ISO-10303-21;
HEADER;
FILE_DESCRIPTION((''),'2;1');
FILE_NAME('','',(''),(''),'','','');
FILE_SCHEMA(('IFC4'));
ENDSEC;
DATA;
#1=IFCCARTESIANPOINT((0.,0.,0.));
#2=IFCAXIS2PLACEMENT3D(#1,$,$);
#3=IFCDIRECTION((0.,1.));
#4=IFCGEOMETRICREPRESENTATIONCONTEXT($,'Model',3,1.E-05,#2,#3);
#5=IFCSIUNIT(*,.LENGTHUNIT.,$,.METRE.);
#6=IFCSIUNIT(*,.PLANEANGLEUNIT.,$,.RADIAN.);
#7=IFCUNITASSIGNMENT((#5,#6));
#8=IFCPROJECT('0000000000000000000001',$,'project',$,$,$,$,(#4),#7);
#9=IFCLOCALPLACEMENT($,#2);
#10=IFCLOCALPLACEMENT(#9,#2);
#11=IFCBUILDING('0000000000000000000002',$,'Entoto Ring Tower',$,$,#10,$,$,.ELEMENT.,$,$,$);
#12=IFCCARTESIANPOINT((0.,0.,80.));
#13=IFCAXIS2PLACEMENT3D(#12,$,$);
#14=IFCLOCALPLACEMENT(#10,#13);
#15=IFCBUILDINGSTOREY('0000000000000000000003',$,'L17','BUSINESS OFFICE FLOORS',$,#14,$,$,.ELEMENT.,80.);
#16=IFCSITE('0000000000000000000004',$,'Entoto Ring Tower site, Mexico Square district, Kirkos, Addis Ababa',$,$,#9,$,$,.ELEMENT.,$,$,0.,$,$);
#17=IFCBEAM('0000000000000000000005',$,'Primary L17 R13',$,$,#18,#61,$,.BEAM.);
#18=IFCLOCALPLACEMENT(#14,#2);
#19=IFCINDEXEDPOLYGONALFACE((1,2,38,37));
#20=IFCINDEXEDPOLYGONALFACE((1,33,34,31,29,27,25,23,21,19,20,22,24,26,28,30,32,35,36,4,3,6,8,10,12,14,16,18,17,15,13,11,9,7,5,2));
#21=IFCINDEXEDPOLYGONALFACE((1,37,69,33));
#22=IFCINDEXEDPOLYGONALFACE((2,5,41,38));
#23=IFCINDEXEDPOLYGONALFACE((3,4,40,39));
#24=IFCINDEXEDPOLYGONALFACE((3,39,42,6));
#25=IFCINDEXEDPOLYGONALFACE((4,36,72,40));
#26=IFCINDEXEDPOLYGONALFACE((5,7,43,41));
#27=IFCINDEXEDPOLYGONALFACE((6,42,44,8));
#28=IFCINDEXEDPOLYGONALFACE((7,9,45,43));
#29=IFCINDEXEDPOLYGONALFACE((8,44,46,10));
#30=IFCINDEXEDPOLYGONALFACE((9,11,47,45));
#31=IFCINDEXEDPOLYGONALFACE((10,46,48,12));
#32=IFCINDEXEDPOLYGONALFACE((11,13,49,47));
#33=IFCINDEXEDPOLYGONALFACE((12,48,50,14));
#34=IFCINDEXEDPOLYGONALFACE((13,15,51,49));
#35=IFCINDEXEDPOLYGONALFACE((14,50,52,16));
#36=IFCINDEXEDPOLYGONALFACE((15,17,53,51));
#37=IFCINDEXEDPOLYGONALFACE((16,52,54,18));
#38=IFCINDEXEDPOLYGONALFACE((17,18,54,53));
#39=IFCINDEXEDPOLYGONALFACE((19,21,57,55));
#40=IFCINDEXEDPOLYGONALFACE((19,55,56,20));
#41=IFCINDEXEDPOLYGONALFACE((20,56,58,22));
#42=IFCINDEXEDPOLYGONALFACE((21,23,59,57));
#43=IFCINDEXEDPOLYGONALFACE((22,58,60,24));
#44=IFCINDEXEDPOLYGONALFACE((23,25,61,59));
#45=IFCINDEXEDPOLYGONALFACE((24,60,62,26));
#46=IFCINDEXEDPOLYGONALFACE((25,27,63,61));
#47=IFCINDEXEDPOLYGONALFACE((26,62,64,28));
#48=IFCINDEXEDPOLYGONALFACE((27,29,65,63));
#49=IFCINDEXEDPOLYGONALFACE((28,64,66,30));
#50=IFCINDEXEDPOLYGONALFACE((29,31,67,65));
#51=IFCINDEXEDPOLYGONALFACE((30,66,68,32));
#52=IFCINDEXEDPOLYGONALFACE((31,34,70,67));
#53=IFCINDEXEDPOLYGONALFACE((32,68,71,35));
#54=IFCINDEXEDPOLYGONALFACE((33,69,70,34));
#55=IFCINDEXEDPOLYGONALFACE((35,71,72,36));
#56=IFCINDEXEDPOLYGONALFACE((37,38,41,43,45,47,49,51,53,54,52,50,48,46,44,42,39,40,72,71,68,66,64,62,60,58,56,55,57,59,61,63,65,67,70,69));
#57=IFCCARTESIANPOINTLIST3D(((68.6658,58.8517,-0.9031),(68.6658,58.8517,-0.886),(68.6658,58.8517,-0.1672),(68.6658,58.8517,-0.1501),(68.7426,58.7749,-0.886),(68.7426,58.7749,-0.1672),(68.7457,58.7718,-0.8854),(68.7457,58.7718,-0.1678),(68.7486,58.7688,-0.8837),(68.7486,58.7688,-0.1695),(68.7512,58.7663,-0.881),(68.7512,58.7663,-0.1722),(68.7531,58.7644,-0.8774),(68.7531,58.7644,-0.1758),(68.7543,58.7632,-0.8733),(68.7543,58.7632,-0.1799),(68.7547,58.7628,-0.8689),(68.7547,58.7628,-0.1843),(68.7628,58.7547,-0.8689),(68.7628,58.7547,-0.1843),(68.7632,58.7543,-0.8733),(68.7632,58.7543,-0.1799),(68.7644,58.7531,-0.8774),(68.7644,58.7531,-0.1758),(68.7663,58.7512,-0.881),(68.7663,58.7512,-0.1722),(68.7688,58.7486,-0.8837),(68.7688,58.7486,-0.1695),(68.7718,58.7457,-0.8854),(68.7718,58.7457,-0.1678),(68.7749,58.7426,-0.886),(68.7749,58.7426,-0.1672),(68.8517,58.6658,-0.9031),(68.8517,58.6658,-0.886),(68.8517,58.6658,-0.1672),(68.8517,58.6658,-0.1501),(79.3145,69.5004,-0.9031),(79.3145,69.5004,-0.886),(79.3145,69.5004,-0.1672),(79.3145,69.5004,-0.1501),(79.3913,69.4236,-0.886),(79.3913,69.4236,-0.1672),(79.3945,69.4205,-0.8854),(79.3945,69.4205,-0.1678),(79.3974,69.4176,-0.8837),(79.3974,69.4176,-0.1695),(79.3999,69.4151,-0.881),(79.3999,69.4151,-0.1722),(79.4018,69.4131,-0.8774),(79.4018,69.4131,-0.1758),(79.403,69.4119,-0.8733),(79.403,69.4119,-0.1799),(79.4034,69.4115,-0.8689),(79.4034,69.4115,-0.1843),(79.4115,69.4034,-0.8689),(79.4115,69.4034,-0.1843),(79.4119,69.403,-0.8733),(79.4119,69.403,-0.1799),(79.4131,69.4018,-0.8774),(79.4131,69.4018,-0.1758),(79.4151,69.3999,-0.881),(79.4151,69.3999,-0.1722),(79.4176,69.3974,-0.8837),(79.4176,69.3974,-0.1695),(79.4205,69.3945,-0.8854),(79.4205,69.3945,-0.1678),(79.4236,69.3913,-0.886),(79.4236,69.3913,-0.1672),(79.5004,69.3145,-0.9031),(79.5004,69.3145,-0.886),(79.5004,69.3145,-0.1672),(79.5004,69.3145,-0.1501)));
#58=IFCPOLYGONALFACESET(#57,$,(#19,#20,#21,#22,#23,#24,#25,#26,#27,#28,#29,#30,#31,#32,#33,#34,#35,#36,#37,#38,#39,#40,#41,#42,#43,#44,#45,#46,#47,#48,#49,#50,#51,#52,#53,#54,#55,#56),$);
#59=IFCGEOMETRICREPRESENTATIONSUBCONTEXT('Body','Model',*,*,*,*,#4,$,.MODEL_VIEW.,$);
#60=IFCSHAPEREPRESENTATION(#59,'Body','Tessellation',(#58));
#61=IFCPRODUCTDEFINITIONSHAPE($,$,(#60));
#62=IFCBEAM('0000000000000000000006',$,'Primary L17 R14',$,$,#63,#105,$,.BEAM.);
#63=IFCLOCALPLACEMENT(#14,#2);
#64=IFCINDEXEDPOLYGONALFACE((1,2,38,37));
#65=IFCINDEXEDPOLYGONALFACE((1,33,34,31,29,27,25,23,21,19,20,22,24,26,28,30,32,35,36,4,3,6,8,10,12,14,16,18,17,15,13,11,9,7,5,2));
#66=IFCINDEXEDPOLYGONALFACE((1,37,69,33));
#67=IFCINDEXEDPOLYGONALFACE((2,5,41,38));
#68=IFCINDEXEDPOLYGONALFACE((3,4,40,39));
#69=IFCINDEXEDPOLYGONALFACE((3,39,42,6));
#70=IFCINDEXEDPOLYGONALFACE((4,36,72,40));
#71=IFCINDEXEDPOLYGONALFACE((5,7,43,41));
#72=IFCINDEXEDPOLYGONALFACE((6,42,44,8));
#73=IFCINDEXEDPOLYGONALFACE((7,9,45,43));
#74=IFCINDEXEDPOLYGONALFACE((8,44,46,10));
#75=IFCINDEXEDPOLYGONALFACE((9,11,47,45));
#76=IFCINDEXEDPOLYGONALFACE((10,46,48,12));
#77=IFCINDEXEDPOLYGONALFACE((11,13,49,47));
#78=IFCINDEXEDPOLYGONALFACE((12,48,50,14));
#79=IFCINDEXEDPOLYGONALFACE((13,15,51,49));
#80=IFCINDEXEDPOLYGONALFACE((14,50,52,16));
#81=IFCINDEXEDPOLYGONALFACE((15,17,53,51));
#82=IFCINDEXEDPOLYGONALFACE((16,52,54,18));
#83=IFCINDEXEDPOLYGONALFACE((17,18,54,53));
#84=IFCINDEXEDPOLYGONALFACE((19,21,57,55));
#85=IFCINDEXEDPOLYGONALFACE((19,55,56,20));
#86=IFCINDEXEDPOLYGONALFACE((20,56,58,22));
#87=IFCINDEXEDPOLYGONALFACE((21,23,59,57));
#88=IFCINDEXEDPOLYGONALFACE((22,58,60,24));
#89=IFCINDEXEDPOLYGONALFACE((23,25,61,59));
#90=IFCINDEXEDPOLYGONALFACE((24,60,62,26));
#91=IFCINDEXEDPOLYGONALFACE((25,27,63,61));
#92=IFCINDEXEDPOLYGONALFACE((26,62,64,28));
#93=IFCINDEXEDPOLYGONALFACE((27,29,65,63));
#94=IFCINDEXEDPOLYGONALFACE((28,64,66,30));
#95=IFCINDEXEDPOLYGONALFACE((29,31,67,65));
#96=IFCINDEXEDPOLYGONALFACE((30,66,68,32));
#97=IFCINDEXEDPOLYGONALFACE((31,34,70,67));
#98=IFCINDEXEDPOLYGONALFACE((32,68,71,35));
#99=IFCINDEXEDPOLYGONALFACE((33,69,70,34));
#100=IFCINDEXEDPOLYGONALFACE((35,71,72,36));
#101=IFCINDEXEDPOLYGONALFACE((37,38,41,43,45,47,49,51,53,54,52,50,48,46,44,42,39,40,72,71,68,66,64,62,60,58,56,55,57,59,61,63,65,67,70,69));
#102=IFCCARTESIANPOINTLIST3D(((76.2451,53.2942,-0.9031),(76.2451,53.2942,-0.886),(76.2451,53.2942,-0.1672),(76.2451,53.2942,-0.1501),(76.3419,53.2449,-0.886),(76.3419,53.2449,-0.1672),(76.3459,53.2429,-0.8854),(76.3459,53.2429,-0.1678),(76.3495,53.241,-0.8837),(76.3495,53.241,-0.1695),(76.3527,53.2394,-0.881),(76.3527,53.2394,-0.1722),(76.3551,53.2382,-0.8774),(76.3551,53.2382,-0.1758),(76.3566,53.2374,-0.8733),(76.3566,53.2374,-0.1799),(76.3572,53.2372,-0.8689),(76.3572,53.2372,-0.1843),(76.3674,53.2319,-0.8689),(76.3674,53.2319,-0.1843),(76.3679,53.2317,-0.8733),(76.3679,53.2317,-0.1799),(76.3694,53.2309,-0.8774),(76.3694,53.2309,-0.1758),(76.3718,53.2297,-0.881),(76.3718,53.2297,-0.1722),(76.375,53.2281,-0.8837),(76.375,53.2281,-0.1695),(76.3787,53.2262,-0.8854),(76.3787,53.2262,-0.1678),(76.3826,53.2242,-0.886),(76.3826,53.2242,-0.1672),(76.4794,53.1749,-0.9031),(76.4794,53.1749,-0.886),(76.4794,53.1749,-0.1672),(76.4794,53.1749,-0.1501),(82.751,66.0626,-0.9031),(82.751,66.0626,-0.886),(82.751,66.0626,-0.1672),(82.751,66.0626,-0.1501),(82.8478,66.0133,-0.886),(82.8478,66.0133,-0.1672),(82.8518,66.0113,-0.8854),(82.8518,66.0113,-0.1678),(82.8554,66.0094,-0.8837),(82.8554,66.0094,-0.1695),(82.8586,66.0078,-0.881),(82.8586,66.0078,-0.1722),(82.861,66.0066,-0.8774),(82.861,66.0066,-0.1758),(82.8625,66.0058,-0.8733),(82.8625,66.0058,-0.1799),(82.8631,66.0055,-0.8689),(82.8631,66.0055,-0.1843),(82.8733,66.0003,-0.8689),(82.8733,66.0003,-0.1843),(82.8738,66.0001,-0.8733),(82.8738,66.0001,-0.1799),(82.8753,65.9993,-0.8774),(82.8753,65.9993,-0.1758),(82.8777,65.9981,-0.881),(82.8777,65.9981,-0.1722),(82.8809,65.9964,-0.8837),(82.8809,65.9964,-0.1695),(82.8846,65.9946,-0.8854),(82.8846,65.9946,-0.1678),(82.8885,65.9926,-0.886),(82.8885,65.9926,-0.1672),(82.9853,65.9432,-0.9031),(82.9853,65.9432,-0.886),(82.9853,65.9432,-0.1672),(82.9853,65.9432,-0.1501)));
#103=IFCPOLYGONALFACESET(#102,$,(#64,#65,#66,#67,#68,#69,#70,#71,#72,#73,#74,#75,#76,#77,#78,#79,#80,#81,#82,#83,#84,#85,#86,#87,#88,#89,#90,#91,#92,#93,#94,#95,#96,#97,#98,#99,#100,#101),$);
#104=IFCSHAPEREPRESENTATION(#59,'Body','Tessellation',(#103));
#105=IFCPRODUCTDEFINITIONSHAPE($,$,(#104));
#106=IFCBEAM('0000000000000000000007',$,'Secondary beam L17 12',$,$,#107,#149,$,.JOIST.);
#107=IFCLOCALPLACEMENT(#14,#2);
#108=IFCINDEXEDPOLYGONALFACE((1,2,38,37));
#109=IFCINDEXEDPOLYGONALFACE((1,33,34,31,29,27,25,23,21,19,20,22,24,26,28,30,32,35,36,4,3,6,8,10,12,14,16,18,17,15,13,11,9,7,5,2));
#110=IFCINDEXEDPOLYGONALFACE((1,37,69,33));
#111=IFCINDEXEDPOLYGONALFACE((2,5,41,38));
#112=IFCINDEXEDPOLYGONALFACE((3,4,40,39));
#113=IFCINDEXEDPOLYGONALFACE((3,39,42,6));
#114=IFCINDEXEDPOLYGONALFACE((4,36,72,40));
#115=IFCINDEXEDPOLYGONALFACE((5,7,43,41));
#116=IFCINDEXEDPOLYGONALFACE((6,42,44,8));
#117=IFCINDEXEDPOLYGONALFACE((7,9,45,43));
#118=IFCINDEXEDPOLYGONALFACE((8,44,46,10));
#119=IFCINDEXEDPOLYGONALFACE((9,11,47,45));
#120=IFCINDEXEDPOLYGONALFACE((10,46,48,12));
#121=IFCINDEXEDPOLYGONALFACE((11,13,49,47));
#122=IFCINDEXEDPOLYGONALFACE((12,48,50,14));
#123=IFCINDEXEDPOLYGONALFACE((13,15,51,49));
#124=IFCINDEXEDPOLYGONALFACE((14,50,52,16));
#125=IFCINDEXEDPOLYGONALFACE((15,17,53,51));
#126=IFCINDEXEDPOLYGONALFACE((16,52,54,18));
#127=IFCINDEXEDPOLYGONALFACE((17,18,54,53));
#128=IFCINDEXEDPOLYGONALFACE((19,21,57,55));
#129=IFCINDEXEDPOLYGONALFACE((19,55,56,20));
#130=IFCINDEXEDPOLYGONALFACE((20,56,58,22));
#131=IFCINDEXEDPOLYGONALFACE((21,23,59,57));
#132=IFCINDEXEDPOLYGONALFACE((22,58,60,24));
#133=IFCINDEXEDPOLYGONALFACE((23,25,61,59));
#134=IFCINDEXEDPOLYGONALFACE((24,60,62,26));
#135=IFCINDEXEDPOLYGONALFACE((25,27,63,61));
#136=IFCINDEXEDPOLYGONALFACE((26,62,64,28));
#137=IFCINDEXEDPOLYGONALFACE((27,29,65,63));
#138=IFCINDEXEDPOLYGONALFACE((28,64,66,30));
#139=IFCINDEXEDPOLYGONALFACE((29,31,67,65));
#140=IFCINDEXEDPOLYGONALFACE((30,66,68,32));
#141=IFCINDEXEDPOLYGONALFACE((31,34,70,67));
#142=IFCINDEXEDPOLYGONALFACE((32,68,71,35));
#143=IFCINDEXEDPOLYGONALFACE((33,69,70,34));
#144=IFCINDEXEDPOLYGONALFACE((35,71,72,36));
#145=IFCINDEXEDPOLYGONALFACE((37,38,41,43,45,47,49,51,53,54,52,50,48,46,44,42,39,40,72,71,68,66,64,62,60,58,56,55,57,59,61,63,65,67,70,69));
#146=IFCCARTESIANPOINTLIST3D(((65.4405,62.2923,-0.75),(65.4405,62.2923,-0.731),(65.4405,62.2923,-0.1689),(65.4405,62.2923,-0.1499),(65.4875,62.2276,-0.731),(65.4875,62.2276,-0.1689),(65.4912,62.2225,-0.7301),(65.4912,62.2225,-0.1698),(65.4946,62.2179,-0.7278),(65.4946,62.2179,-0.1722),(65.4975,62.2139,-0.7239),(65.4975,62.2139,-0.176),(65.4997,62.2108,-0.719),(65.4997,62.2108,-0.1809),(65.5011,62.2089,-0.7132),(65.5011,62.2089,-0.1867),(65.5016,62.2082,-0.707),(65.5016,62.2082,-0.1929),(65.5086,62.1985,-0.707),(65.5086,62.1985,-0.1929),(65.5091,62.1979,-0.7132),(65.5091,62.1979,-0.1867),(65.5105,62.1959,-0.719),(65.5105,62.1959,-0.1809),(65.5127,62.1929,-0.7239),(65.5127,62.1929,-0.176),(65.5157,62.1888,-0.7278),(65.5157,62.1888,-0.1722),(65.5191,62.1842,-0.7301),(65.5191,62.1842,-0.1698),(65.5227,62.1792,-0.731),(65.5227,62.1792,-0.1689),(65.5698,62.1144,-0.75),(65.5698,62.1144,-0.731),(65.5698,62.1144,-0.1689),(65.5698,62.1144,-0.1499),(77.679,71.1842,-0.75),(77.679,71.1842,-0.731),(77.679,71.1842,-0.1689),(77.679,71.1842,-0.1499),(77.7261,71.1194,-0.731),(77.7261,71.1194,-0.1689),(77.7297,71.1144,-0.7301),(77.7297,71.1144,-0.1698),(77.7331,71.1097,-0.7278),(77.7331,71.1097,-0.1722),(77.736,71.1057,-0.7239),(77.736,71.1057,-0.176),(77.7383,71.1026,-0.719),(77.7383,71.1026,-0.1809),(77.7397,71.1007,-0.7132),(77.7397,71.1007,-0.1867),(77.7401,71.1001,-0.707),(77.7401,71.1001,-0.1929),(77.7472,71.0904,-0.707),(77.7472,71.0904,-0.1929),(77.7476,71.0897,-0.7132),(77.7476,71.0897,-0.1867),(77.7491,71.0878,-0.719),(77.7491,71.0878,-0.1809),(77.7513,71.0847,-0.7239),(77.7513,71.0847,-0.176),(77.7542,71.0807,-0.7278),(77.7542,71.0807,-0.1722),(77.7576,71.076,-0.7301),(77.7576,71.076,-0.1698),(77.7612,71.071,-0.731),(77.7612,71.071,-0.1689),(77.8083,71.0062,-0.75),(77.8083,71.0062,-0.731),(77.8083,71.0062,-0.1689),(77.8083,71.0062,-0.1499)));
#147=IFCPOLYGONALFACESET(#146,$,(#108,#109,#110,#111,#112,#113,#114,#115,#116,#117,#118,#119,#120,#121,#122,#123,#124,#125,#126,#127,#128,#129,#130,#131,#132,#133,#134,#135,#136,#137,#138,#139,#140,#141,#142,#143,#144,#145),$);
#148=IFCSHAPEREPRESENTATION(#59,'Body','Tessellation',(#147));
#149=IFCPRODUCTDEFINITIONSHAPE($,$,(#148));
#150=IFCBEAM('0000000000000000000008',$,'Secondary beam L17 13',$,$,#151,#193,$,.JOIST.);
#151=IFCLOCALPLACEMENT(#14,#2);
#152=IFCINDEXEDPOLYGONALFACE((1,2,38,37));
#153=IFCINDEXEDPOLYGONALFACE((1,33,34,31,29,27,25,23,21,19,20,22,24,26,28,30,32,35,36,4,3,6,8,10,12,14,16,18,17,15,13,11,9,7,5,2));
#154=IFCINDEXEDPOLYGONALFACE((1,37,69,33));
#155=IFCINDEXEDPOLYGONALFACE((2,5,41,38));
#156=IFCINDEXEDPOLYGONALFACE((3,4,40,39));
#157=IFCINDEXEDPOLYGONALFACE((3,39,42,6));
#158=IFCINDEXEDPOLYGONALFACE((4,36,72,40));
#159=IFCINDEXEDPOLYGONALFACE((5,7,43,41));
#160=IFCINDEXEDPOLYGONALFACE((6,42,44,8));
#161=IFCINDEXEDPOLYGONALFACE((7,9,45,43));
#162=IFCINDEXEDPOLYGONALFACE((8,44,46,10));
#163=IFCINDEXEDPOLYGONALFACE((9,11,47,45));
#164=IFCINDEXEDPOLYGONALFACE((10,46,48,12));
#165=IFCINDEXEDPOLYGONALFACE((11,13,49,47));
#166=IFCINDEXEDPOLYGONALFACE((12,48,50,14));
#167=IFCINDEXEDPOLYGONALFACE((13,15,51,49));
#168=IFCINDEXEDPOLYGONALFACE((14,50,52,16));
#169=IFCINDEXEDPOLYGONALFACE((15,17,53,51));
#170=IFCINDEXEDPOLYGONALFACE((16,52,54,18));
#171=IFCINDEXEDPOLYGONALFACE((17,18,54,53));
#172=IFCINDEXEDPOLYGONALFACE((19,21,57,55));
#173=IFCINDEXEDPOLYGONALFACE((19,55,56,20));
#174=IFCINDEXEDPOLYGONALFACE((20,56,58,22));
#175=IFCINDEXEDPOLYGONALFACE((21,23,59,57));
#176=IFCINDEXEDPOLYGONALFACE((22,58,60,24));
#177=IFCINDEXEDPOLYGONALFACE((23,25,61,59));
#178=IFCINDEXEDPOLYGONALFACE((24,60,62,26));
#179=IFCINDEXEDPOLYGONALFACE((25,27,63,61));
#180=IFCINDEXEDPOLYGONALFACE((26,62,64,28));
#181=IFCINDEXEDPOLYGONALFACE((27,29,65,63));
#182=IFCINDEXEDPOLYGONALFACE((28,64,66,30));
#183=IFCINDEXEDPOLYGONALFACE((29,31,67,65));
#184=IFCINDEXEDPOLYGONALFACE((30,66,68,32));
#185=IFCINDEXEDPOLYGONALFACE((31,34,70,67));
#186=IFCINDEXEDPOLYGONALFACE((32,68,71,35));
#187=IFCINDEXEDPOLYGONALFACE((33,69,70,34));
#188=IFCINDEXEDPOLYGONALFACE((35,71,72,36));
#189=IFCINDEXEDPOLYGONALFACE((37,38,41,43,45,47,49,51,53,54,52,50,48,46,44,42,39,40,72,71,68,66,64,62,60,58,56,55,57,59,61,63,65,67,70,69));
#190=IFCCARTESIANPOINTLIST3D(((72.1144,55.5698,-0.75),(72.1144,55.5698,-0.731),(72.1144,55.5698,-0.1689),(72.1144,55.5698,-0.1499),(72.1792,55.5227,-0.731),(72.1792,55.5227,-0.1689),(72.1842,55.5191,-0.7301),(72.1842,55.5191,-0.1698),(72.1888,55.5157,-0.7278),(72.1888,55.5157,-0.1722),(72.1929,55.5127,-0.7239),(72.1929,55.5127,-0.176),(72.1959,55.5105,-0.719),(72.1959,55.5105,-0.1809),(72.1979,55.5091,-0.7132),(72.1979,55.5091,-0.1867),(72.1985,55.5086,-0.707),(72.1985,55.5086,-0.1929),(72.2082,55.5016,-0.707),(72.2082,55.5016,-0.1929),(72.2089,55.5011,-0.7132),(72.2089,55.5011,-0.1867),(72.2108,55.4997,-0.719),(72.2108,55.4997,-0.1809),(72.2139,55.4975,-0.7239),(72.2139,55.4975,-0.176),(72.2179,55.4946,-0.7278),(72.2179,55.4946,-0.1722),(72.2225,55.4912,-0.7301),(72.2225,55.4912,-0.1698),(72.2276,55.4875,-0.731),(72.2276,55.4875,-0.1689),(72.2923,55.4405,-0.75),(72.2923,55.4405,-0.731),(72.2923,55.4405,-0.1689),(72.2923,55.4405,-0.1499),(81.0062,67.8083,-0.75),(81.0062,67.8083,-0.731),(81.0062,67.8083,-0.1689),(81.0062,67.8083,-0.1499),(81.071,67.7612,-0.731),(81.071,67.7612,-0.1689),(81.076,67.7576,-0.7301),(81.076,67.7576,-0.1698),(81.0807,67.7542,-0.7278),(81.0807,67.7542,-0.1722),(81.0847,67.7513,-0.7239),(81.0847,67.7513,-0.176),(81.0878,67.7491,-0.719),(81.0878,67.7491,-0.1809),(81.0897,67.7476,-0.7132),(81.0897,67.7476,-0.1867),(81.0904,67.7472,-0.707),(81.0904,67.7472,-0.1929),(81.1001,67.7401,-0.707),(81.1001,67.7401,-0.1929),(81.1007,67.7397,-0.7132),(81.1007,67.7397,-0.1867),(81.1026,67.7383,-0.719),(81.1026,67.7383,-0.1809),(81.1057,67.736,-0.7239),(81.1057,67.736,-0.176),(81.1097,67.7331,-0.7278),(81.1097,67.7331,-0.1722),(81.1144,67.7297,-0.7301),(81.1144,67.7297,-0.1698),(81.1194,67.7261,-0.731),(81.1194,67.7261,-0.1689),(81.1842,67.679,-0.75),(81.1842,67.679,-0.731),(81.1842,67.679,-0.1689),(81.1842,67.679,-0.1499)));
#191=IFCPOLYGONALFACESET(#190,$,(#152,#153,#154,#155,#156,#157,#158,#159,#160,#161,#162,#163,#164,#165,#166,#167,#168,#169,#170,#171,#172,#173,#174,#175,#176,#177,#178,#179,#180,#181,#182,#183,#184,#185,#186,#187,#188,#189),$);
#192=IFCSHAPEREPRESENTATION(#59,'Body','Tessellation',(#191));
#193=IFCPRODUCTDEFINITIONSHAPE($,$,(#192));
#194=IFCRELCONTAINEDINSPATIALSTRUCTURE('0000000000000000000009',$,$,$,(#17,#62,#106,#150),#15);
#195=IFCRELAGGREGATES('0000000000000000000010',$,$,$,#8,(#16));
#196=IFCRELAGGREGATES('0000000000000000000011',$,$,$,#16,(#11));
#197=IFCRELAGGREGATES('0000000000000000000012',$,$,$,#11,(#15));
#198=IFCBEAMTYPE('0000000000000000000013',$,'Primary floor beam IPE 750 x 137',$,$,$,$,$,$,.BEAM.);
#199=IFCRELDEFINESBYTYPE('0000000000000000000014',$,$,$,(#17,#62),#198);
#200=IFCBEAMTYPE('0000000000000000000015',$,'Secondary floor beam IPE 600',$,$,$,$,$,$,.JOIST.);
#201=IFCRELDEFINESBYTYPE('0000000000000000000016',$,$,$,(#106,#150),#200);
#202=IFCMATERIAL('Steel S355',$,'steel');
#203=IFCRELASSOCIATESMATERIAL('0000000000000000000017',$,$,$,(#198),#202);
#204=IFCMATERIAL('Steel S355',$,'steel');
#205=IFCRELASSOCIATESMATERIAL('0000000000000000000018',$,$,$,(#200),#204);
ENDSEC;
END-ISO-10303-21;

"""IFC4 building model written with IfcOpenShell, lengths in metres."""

from ifc_helpers import new_model, si_unit, direction, frame, origin, origin_2d, place, context, subcontext, project, spatial, i_section, extrude, material, material_profile, profile_set, type_object, element, save


model = new_model("IFC4")

# Units and contexts
model_context = context("Model", 3, precision=1e-05, world=origin(), true_north=direction((0.0, 1.0)))
body_context = subcontext(model_context, "Body", "Model", "MODEL_VIEW")
ifc_project = project(units=[si_unit("LENGTHUNIT", "METRE"), si_unit("PLANEANGLEUNIT", "RADIAN")], contexts=[model_context])

# Site, building, storey
site_placement = place(None, origin())
site = spatial("IfcSite", under=ifc_project, at=site_placement, Name="Entoto Ring Tower site, Mexico Square district, Kirkos, Addis Ababa", CompositionType="ELEMENT", RefElevation=0.0)
building_placement = place(site_placement, origin())
building = spatial("IfcBuilding", under=site, at=building_placement, Name="Entoto Ring Tower", CompositionType="ELEMENT")
storey_placement = place(building_placement, frame((0.0, 0.0, 80.0)))
storey = spatial("IfcBuildingStorey", under=building, at=storey_placement, Name="L17", Description="BUSINESS OFFICE FLOORS", CompositionType="ELEMENT", Elevation=80.0)

# Beams
ifc_material_1 = material(Name="Steel S355", Category="steel")
ifc_material_profile_1 = material_profile(ifc_material_1, i_section(OverallWidth=0.2629, OverallDepth=0.7529, WebThickness=0.0115, FlangeThickness=0.0171, FilletRadius=0.0171, at=origin_2d()), Name="IPE 750 x 137")
ifc_profile_set_1 = profile_set([ifc_material_profile_1], Name="Steel S355")
beam_type_1 = type_object("IfcBeamType", Name="Primary floor beam IPE 750 x 137", PredefinedType="BEAM", material=ifc_profile_set_1)
beam_1_placement = place(storey_placement, frame((79.4075, 69.4075, -0.5266), z_axis=(-0.707107, -0.707107, 0.0), x_axis=(0.707107, -0.707107, 0.0)))
element("IfcBeam", 1, at=beam_1_placement, inside=storey, type_object=beam_type_1, Name="Primary L17 R13", PredefinedType="BEAM", context=body_context, shape_type="SweptSolid", body=[
    extrude(i_section(OverallWidth=0.2629, OverallDepth=0.7529, WebThickness=0.0115, FlangeThickness=0.0171, FilletRadius=0.0171, at=origin_2d()), origin(), (0.0, 0.0, 1.0), 15.0596),
])
beam_2_placement = place(storey_placement, frame((82.8682, 66.0029, -0.5266), z_axis=(-0.453995, -0.891004, 0.0), x_axis=(0.891004, -0.453995, 0.0)))
element("IfcBeam", 2, at=beam_2_placement, inside=storey, type_object=beam_type_1, Name="Primary L17 R14", PredefinedType="BEAM", context=body_context, shape_type="SweptSolid", body=[
    extrude(i_section(OverallWidth=0.2629, OverallDepth=0.7529, WebThickness=0.0115, FlangeThickness=0.0171, FilletRadius=0.0171, at=origin_2d()), origin(), (0.0, 0.0, 1.0), 14.3303),
])
ifc_material_2 = material(Name="Steel S355", Category="steel")
ifc_material_profile_2 = material_profile(ifc_material_2, i_section(OverallWidth=0.22, OverallDepth=0.6001, WebThickness=0.012, FlangeThickness=0.019, FilletRadius=0.0239, at=origin_2d()), Name="IPE 600")
ifc_profile_set_2 = profile_set([ifc_material_profile_2], Name="Steel S355")
beam_type_2 = type_object("IfcBeamType", Name="Secondary floor beam IPE 600", PredefinedType="JOIST", material=ifc_profile_set_2)
for number, where, z_axis, x_axis, name in (
    (3, (77.7437, 71.0952, -0.45), (-0.809016, -0.587787, 0.0), (0.587787, -0.809016, 0.0), "Secondary beam L17 12"),
    (4, (81.0952, 67.7437, -0.45), (-0.587787, -0.809016, 0.0), (0.809016, -0.587787, 0.0), "Secondary beam L17 13"),
):
    element("IfcBeam", number, at=place(storey_placement, frame(where, z_axis=z_axis, x_axis=x_axis)), inside=storey, type_object=beam_type_2, Name=name, PredefinedType="JOIST", context=body_context, shape_type="SweptSolid", body=[
        extrude(i_section(OverallWidth=0.22, OverallDepth=0.6001, WebThickness=0.012, FlangeThickness=0.019, FilletRadius=0.0239, at=origin_2d()), origin(), (0.0, 0.0, 1.0), 15.1277),
    ])

save(model, "model.ifc")
